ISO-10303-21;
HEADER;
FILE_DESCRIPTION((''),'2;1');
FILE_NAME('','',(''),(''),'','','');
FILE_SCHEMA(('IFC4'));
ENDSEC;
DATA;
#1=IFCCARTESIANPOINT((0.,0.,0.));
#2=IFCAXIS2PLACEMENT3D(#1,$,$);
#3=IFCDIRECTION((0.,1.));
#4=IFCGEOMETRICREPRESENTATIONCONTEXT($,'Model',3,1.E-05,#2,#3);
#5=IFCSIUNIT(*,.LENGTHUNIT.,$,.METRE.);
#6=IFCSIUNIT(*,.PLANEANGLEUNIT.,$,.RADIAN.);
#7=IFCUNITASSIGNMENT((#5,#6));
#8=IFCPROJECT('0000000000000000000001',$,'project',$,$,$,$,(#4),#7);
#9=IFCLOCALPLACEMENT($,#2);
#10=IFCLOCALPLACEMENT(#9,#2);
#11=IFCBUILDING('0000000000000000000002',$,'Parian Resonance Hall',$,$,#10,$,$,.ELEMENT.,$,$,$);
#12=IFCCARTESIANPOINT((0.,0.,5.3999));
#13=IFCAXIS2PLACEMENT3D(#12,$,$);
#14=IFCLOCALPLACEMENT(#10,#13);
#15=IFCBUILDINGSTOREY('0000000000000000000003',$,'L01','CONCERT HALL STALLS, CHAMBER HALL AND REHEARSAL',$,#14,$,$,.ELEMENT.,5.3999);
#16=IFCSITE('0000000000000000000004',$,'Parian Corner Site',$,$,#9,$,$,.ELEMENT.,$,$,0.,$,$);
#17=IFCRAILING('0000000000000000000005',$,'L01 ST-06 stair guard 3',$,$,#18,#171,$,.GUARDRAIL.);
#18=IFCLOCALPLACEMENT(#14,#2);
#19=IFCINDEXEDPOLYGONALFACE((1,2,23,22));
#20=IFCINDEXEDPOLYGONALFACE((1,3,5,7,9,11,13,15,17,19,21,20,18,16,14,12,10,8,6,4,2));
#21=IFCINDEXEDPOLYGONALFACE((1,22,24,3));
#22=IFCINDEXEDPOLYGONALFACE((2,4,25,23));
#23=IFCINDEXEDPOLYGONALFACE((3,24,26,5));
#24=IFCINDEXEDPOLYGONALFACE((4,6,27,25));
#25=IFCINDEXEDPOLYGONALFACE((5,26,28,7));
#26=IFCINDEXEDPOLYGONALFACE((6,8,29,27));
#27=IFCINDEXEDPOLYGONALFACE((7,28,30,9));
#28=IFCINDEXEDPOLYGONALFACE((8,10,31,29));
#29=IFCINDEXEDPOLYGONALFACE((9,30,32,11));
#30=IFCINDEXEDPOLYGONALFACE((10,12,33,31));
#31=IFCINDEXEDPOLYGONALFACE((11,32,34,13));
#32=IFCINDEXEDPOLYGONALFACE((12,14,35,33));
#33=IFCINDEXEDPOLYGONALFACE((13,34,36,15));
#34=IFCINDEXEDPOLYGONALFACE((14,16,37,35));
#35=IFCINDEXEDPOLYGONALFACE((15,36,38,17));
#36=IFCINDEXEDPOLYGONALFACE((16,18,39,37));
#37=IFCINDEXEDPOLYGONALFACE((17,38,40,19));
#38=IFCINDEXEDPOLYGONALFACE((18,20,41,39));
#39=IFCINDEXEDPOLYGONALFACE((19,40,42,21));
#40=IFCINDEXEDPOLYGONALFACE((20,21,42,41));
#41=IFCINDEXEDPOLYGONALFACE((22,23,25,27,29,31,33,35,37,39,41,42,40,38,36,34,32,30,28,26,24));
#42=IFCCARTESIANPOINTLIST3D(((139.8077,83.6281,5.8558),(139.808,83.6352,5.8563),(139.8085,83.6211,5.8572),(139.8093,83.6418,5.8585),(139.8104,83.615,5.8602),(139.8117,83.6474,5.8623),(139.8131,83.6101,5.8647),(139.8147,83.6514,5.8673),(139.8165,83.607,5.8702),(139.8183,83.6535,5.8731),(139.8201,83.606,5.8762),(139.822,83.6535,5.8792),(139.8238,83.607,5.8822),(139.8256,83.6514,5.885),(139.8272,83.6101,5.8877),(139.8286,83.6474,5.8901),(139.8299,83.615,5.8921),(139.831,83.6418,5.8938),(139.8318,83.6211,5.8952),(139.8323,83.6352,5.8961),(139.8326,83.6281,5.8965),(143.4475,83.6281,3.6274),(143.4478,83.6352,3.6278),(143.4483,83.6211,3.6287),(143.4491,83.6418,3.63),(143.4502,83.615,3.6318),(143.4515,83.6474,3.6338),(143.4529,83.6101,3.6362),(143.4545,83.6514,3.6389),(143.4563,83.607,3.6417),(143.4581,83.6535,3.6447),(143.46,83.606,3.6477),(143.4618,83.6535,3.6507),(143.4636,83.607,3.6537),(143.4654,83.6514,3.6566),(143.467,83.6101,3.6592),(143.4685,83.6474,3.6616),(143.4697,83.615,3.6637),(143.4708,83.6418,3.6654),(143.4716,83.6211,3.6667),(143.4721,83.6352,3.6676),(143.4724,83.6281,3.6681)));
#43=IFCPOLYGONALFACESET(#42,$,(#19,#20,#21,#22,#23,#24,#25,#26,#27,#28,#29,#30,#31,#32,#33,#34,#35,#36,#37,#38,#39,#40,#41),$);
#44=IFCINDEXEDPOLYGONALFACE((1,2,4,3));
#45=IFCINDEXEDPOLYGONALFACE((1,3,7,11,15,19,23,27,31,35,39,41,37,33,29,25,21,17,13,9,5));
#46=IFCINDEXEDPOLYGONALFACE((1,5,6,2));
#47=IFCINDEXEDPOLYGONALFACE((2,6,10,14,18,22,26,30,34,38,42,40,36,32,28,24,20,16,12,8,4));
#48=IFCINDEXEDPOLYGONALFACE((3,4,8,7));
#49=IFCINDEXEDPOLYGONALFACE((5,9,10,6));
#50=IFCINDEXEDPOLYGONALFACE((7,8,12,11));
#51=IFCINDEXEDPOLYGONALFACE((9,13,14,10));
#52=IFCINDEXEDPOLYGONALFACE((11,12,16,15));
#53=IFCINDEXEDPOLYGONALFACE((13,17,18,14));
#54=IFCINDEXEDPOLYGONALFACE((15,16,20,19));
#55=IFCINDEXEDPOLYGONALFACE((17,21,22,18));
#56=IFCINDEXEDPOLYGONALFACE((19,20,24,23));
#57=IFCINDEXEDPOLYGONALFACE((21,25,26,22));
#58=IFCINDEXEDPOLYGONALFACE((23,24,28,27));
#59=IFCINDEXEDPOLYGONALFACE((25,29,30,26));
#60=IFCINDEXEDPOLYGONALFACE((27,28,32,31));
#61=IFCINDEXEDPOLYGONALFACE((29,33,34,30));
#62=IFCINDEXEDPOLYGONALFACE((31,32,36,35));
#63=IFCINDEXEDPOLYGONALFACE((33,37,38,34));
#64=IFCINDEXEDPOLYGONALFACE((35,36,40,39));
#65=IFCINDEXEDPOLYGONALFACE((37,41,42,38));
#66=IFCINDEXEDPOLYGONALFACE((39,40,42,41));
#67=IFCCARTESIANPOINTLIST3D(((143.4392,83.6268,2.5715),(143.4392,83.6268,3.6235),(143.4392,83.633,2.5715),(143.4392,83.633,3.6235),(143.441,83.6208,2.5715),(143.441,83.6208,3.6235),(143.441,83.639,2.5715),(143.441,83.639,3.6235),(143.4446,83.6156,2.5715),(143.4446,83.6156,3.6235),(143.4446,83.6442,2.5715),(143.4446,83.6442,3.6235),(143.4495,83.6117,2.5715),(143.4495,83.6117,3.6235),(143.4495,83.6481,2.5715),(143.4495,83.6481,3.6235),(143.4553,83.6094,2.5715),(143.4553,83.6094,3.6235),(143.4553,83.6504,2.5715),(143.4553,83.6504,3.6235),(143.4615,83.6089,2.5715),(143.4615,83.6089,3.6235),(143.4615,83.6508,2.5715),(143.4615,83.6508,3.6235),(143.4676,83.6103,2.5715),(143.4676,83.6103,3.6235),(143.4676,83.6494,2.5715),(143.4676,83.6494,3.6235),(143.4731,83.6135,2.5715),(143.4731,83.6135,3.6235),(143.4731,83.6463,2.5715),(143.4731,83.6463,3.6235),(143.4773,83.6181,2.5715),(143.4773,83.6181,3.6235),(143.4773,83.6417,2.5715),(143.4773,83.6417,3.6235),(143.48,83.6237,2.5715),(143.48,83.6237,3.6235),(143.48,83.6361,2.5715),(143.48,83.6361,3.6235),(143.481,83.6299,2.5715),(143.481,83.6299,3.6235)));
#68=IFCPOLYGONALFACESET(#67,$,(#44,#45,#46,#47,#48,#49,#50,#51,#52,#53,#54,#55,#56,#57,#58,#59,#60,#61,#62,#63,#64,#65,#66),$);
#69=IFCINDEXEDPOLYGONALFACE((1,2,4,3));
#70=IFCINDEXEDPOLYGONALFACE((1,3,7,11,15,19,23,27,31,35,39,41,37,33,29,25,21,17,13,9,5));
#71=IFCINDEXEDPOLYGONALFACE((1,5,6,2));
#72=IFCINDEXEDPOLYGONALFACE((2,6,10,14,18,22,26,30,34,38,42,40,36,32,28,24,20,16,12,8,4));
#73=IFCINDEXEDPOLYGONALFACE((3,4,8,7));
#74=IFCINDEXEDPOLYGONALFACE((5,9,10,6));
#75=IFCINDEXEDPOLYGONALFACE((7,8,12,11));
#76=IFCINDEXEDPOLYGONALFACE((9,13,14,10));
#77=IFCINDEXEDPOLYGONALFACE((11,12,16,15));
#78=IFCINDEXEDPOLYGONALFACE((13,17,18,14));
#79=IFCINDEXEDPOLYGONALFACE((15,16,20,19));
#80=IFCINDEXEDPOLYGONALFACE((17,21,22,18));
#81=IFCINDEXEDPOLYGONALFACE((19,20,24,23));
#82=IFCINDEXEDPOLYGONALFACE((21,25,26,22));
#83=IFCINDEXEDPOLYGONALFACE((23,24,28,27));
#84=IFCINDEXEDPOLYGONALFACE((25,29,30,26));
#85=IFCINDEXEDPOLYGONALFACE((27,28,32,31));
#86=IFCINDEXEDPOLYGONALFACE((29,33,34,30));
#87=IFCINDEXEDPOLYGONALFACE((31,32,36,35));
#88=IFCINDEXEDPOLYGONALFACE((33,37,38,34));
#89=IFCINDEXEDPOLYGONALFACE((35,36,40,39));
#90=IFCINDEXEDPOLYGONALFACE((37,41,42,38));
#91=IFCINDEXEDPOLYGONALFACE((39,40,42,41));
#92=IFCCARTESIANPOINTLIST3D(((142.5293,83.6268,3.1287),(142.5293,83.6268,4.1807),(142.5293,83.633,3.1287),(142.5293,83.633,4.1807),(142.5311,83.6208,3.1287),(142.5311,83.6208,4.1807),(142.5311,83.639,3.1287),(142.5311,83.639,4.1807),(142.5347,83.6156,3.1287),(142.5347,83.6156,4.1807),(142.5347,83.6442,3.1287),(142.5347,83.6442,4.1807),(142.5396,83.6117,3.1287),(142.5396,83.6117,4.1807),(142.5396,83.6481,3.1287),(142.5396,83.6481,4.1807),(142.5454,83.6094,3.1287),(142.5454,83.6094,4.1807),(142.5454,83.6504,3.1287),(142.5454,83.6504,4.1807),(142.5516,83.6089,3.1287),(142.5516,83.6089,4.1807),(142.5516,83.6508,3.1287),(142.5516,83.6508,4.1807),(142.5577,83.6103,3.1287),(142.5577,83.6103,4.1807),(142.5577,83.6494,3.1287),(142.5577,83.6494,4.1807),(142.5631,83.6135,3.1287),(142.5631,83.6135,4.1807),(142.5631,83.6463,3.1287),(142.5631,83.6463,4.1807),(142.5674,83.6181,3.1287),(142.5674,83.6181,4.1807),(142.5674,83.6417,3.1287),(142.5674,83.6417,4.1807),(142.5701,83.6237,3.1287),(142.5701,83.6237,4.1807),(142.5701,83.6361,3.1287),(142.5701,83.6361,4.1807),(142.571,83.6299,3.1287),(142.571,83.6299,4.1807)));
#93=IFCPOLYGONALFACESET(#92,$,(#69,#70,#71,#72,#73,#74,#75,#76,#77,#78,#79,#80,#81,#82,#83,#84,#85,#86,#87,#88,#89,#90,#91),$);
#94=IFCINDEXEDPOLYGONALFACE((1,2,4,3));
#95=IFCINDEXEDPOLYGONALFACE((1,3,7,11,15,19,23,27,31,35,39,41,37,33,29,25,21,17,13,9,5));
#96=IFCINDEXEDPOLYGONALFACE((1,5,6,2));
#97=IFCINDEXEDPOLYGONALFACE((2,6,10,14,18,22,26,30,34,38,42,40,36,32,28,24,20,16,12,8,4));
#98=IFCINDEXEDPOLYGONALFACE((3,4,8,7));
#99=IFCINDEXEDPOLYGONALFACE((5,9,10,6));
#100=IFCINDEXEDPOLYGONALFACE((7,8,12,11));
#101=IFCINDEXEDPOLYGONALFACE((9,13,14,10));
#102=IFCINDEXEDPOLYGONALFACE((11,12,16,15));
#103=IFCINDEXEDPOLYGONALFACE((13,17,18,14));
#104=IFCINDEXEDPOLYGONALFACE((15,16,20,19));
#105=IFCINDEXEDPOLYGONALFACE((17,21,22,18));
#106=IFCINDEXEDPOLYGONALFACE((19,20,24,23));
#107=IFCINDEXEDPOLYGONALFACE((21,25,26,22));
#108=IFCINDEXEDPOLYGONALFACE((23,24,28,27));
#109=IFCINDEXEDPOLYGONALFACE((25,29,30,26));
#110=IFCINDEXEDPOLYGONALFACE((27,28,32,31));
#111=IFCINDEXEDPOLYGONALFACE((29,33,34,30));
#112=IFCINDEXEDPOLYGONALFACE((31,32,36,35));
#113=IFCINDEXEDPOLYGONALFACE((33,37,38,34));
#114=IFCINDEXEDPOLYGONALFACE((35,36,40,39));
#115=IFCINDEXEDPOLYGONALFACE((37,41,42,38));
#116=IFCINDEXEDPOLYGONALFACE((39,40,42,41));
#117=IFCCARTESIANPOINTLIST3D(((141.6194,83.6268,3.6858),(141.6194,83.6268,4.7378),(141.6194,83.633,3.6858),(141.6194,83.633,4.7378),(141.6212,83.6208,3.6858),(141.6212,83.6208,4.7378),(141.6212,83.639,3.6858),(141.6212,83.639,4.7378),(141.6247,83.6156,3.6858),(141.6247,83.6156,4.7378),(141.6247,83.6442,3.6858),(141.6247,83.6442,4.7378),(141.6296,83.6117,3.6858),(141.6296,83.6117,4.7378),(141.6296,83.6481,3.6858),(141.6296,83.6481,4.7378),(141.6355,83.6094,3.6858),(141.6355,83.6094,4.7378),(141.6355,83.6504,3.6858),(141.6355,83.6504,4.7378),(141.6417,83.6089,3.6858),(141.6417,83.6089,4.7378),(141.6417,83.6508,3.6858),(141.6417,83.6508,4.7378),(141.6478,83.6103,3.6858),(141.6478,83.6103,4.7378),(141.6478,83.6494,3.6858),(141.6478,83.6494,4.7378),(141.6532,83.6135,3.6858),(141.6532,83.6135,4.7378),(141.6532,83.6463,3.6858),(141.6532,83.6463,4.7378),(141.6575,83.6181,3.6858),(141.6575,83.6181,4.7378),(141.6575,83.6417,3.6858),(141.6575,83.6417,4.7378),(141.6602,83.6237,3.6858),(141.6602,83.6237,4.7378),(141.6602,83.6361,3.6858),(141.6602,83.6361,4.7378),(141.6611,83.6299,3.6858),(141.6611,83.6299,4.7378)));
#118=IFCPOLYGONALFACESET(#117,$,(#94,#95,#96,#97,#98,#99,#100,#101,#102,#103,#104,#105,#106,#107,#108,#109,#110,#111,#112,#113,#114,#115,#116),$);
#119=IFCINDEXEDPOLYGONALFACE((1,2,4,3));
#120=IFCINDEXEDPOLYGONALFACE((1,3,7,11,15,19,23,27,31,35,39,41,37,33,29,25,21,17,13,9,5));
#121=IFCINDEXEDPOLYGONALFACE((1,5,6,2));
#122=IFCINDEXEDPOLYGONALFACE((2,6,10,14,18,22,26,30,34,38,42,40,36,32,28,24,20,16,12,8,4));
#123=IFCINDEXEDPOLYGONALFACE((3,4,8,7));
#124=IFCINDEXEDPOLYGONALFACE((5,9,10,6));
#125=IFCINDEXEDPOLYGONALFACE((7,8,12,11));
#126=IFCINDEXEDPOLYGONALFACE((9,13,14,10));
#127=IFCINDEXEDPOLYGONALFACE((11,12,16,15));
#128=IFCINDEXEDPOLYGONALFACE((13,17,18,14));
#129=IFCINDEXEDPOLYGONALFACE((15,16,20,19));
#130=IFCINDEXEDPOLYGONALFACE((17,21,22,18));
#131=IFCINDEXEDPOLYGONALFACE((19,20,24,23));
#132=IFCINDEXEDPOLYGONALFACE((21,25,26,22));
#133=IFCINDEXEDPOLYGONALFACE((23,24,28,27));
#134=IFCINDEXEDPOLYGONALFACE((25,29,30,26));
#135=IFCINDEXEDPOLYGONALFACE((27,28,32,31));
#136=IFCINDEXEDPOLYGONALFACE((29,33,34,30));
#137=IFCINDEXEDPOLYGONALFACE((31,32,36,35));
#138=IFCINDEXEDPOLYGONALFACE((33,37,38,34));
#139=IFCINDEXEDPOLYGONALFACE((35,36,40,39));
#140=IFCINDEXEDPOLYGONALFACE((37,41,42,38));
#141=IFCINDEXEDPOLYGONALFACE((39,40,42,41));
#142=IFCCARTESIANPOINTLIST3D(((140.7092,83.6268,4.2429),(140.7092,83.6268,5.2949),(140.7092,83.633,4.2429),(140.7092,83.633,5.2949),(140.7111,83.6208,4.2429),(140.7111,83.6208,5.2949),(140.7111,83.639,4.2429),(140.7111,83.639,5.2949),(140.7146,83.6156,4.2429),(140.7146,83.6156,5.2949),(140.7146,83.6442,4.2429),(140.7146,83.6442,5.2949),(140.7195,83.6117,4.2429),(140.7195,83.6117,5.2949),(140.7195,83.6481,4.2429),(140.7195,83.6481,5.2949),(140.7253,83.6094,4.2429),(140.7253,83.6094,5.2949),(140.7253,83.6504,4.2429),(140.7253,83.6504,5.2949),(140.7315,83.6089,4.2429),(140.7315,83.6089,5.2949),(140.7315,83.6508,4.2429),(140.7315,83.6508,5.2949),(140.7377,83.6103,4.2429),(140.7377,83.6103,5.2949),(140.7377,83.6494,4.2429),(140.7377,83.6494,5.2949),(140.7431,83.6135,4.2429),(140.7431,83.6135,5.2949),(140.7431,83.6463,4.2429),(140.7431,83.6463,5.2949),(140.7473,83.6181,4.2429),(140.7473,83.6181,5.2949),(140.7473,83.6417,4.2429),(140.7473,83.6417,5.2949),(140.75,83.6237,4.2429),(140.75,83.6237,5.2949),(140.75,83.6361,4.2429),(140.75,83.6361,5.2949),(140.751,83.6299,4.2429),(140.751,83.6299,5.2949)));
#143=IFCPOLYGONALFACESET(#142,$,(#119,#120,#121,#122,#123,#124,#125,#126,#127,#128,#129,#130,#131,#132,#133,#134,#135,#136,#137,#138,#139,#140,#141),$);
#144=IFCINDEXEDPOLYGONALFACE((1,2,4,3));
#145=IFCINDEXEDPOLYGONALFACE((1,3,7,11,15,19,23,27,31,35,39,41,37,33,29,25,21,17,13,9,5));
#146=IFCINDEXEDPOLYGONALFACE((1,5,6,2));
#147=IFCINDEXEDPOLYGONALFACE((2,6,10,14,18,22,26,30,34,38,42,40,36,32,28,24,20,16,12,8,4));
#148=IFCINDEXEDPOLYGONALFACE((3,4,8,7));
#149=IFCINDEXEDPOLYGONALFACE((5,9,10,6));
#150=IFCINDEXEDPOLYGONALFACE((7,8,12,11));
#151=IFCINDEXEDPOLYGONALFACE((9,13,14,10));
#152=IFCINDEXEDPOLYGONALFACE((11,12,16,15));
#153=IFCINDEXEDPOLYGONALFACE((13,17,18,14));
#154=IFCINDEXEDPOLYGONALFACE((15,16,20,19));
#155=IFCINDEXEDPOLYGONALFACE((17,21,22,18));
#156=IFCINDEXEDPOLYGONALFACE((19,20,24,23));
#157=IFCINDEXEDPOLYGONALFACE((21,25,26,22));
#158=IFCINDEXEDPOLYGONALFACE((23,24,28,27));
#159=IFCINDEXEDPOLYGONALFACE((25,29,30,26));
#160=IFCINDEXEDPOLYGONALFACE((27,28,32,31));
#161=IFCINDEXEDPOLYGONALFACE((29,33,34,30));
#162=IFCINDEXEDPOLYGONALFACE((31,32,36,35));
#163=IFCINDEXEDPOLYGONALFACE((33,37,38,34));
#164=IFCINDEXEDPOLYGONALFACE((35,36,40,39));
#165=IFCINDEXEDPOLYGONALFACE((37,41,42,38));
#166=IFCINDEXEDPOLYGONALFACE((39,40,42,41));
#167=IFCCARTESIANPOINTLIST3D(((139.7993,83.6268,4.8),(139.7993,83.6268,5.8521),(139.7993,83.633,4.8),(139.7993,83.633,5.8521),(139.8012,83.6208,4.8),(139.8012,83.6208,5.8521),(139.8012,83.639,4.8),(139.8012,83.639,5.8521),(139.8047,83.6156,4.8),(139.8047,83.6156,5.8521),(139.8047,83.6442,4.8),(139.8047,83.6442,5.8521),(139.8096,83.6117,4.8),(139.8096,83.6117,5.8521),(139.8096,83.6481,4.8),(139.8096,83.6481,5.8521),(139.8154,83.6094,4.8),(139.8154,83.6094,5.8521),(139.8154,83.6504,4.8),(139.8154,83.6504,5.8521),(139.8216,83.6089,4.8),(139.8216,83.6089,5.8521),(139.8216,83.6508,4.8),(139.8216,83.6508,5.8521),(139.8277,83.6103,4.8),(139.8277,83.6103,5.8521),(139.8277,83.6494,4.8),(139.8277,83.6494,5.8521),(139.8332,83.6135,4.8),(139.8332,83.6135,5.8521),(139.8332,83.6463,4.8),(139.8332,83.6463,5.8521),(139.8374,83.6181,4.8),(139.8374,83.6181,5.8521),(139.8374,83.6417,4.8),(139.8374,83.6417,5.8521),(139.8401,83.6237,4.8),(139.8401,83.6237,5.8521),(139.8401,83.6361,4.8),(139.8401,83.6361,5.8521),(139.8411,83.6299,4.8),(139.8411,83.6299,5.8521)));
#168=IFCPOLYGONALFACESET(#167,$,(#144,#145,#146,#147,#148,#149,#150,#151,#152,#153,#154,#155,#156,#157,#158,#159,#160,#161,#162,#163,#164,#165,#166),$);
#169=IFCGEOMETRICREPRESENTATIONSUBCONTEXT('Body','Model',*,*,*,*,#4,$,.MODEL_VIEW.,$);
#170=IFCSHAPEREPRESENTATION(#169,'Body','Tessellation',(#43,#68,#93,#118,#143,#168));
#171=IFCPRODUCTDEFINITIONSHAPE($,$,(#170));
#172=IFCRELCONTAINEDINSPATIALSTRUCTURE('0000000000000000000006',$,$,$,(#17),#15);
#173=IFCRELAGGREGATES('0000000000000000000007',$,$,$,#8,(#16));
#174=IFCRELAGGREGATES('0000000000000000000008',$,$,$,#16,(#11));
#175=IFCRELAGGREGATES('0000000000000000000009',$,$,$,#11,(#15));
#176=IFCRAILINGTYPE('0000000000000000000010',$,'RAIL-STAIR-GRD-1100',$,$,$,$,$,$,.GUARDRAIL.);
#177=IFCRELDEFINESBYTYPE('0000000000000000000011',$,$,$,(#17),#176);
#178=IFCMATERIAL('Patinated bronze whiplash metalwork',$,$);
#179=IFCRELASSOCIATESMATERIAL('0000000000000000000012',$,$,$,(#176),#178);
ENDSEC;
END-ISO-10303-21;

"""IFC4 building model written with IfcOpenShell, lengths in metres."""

from ifc_helpers import new_model, si_unit, direction, frame, origin, origin_2d, place, context, subcontext, project, spatial, circle, extrude, material, type_object, element, save


model = new_model("IFC4")

# Units and contexts
model_context = context("Model", 3, precision=1e-05, world=origin(), true_north=direction((0.0, 1.0)))
body_context = subcontext(model_context, "Body", "Model", "MODEL_VIEW")
ifc_project = project(units=[si_unit("LENGTHUNIT", "METRE"), si_unit("PLANEANGLEUNIT", "RADIAN")], contexts=[model_context])

# Site, building, storey
site_placement = place(None, origin())
site = spatial("IfcSite", under=ifc_project, at=site_placement, Name="Parian Corner Site", CompositionType="ELEMENT", RefElevation=0.0)
building_placement = place(site_placement, origin())
building = spatial("IfcBuilding", under=site, at=building_placement, Name="Parian Resonance Hall", CompositionType="ELEMENT")
storey_placement = place(building_placement, frame((0.0, 0.0, 5.3999)))
storey = spatial("IfcBuildingStorey", under=building, at=storey_placement, Name="L01", Description="CONCERT HALL STALLS, CHAMBER HALL AND REHEARSAL", CompositionType="ELEMENT", Elevation=5.3999)

# Railing
ifc_material_1 = material(Name="Patinated bronze whiplash metalwork")
railing_type_1 = type_object("IfcRailingType", Name="RAIL-STAIR-GRD-1100", PredefinedType="GUARDRAIL", material=ifc_material_1)
railing_1_placement = place(storey_placement, frame((143.46, 83.6299, 2.5715)))
element("IfcRailing", 1, at=railing_1_placement, inside=storey, type_object=railing_type_1, Name="L01 ST-06 stair guard 3", PredefinedType="GUARDRAIL", context=body_context, shape_type="SweptSolid", body=[
    extrude(circle(Radius=0.0239, at=origin_2d()), frame((0.0, 0.0, 1.0762), z_axis=(-0.85285, 0.0, 0.522156), x_axis=(0.0, -1.0, 0.0)), (0.0, 0.0, 1.0), 4.2678),
    extrude(circle(Radius=0.021, at=origin_2d()), origin(), (0.0, 0.0, 1.0), 1.052),
    extrude(circle(Radius=0.021, at=origin_2d()), frame((-0.9099, 0.0, 0.5571)), (0.0, 0.0, 1.0), 1.052),
    extrude(circle(Radius=0.021, at=origin_2d()), frame((-1.8198, 0.0, 1.1143)), (0.0, 0.0, 1.0), 1.052),
    extrude(circle(Radius=0.021, at=origin_2d()), frame((-2.73, 0.0, 1.6714)), (0.0, 0.0, 1.0), 1.052),
    extrude(circle(Radius=0.021, at=origin_2d()), frame((-3.6399, 0.0, 2.2285)), (0.0, 0.0, 1.0), 1.052),
])

save(model, "model.ifc")
